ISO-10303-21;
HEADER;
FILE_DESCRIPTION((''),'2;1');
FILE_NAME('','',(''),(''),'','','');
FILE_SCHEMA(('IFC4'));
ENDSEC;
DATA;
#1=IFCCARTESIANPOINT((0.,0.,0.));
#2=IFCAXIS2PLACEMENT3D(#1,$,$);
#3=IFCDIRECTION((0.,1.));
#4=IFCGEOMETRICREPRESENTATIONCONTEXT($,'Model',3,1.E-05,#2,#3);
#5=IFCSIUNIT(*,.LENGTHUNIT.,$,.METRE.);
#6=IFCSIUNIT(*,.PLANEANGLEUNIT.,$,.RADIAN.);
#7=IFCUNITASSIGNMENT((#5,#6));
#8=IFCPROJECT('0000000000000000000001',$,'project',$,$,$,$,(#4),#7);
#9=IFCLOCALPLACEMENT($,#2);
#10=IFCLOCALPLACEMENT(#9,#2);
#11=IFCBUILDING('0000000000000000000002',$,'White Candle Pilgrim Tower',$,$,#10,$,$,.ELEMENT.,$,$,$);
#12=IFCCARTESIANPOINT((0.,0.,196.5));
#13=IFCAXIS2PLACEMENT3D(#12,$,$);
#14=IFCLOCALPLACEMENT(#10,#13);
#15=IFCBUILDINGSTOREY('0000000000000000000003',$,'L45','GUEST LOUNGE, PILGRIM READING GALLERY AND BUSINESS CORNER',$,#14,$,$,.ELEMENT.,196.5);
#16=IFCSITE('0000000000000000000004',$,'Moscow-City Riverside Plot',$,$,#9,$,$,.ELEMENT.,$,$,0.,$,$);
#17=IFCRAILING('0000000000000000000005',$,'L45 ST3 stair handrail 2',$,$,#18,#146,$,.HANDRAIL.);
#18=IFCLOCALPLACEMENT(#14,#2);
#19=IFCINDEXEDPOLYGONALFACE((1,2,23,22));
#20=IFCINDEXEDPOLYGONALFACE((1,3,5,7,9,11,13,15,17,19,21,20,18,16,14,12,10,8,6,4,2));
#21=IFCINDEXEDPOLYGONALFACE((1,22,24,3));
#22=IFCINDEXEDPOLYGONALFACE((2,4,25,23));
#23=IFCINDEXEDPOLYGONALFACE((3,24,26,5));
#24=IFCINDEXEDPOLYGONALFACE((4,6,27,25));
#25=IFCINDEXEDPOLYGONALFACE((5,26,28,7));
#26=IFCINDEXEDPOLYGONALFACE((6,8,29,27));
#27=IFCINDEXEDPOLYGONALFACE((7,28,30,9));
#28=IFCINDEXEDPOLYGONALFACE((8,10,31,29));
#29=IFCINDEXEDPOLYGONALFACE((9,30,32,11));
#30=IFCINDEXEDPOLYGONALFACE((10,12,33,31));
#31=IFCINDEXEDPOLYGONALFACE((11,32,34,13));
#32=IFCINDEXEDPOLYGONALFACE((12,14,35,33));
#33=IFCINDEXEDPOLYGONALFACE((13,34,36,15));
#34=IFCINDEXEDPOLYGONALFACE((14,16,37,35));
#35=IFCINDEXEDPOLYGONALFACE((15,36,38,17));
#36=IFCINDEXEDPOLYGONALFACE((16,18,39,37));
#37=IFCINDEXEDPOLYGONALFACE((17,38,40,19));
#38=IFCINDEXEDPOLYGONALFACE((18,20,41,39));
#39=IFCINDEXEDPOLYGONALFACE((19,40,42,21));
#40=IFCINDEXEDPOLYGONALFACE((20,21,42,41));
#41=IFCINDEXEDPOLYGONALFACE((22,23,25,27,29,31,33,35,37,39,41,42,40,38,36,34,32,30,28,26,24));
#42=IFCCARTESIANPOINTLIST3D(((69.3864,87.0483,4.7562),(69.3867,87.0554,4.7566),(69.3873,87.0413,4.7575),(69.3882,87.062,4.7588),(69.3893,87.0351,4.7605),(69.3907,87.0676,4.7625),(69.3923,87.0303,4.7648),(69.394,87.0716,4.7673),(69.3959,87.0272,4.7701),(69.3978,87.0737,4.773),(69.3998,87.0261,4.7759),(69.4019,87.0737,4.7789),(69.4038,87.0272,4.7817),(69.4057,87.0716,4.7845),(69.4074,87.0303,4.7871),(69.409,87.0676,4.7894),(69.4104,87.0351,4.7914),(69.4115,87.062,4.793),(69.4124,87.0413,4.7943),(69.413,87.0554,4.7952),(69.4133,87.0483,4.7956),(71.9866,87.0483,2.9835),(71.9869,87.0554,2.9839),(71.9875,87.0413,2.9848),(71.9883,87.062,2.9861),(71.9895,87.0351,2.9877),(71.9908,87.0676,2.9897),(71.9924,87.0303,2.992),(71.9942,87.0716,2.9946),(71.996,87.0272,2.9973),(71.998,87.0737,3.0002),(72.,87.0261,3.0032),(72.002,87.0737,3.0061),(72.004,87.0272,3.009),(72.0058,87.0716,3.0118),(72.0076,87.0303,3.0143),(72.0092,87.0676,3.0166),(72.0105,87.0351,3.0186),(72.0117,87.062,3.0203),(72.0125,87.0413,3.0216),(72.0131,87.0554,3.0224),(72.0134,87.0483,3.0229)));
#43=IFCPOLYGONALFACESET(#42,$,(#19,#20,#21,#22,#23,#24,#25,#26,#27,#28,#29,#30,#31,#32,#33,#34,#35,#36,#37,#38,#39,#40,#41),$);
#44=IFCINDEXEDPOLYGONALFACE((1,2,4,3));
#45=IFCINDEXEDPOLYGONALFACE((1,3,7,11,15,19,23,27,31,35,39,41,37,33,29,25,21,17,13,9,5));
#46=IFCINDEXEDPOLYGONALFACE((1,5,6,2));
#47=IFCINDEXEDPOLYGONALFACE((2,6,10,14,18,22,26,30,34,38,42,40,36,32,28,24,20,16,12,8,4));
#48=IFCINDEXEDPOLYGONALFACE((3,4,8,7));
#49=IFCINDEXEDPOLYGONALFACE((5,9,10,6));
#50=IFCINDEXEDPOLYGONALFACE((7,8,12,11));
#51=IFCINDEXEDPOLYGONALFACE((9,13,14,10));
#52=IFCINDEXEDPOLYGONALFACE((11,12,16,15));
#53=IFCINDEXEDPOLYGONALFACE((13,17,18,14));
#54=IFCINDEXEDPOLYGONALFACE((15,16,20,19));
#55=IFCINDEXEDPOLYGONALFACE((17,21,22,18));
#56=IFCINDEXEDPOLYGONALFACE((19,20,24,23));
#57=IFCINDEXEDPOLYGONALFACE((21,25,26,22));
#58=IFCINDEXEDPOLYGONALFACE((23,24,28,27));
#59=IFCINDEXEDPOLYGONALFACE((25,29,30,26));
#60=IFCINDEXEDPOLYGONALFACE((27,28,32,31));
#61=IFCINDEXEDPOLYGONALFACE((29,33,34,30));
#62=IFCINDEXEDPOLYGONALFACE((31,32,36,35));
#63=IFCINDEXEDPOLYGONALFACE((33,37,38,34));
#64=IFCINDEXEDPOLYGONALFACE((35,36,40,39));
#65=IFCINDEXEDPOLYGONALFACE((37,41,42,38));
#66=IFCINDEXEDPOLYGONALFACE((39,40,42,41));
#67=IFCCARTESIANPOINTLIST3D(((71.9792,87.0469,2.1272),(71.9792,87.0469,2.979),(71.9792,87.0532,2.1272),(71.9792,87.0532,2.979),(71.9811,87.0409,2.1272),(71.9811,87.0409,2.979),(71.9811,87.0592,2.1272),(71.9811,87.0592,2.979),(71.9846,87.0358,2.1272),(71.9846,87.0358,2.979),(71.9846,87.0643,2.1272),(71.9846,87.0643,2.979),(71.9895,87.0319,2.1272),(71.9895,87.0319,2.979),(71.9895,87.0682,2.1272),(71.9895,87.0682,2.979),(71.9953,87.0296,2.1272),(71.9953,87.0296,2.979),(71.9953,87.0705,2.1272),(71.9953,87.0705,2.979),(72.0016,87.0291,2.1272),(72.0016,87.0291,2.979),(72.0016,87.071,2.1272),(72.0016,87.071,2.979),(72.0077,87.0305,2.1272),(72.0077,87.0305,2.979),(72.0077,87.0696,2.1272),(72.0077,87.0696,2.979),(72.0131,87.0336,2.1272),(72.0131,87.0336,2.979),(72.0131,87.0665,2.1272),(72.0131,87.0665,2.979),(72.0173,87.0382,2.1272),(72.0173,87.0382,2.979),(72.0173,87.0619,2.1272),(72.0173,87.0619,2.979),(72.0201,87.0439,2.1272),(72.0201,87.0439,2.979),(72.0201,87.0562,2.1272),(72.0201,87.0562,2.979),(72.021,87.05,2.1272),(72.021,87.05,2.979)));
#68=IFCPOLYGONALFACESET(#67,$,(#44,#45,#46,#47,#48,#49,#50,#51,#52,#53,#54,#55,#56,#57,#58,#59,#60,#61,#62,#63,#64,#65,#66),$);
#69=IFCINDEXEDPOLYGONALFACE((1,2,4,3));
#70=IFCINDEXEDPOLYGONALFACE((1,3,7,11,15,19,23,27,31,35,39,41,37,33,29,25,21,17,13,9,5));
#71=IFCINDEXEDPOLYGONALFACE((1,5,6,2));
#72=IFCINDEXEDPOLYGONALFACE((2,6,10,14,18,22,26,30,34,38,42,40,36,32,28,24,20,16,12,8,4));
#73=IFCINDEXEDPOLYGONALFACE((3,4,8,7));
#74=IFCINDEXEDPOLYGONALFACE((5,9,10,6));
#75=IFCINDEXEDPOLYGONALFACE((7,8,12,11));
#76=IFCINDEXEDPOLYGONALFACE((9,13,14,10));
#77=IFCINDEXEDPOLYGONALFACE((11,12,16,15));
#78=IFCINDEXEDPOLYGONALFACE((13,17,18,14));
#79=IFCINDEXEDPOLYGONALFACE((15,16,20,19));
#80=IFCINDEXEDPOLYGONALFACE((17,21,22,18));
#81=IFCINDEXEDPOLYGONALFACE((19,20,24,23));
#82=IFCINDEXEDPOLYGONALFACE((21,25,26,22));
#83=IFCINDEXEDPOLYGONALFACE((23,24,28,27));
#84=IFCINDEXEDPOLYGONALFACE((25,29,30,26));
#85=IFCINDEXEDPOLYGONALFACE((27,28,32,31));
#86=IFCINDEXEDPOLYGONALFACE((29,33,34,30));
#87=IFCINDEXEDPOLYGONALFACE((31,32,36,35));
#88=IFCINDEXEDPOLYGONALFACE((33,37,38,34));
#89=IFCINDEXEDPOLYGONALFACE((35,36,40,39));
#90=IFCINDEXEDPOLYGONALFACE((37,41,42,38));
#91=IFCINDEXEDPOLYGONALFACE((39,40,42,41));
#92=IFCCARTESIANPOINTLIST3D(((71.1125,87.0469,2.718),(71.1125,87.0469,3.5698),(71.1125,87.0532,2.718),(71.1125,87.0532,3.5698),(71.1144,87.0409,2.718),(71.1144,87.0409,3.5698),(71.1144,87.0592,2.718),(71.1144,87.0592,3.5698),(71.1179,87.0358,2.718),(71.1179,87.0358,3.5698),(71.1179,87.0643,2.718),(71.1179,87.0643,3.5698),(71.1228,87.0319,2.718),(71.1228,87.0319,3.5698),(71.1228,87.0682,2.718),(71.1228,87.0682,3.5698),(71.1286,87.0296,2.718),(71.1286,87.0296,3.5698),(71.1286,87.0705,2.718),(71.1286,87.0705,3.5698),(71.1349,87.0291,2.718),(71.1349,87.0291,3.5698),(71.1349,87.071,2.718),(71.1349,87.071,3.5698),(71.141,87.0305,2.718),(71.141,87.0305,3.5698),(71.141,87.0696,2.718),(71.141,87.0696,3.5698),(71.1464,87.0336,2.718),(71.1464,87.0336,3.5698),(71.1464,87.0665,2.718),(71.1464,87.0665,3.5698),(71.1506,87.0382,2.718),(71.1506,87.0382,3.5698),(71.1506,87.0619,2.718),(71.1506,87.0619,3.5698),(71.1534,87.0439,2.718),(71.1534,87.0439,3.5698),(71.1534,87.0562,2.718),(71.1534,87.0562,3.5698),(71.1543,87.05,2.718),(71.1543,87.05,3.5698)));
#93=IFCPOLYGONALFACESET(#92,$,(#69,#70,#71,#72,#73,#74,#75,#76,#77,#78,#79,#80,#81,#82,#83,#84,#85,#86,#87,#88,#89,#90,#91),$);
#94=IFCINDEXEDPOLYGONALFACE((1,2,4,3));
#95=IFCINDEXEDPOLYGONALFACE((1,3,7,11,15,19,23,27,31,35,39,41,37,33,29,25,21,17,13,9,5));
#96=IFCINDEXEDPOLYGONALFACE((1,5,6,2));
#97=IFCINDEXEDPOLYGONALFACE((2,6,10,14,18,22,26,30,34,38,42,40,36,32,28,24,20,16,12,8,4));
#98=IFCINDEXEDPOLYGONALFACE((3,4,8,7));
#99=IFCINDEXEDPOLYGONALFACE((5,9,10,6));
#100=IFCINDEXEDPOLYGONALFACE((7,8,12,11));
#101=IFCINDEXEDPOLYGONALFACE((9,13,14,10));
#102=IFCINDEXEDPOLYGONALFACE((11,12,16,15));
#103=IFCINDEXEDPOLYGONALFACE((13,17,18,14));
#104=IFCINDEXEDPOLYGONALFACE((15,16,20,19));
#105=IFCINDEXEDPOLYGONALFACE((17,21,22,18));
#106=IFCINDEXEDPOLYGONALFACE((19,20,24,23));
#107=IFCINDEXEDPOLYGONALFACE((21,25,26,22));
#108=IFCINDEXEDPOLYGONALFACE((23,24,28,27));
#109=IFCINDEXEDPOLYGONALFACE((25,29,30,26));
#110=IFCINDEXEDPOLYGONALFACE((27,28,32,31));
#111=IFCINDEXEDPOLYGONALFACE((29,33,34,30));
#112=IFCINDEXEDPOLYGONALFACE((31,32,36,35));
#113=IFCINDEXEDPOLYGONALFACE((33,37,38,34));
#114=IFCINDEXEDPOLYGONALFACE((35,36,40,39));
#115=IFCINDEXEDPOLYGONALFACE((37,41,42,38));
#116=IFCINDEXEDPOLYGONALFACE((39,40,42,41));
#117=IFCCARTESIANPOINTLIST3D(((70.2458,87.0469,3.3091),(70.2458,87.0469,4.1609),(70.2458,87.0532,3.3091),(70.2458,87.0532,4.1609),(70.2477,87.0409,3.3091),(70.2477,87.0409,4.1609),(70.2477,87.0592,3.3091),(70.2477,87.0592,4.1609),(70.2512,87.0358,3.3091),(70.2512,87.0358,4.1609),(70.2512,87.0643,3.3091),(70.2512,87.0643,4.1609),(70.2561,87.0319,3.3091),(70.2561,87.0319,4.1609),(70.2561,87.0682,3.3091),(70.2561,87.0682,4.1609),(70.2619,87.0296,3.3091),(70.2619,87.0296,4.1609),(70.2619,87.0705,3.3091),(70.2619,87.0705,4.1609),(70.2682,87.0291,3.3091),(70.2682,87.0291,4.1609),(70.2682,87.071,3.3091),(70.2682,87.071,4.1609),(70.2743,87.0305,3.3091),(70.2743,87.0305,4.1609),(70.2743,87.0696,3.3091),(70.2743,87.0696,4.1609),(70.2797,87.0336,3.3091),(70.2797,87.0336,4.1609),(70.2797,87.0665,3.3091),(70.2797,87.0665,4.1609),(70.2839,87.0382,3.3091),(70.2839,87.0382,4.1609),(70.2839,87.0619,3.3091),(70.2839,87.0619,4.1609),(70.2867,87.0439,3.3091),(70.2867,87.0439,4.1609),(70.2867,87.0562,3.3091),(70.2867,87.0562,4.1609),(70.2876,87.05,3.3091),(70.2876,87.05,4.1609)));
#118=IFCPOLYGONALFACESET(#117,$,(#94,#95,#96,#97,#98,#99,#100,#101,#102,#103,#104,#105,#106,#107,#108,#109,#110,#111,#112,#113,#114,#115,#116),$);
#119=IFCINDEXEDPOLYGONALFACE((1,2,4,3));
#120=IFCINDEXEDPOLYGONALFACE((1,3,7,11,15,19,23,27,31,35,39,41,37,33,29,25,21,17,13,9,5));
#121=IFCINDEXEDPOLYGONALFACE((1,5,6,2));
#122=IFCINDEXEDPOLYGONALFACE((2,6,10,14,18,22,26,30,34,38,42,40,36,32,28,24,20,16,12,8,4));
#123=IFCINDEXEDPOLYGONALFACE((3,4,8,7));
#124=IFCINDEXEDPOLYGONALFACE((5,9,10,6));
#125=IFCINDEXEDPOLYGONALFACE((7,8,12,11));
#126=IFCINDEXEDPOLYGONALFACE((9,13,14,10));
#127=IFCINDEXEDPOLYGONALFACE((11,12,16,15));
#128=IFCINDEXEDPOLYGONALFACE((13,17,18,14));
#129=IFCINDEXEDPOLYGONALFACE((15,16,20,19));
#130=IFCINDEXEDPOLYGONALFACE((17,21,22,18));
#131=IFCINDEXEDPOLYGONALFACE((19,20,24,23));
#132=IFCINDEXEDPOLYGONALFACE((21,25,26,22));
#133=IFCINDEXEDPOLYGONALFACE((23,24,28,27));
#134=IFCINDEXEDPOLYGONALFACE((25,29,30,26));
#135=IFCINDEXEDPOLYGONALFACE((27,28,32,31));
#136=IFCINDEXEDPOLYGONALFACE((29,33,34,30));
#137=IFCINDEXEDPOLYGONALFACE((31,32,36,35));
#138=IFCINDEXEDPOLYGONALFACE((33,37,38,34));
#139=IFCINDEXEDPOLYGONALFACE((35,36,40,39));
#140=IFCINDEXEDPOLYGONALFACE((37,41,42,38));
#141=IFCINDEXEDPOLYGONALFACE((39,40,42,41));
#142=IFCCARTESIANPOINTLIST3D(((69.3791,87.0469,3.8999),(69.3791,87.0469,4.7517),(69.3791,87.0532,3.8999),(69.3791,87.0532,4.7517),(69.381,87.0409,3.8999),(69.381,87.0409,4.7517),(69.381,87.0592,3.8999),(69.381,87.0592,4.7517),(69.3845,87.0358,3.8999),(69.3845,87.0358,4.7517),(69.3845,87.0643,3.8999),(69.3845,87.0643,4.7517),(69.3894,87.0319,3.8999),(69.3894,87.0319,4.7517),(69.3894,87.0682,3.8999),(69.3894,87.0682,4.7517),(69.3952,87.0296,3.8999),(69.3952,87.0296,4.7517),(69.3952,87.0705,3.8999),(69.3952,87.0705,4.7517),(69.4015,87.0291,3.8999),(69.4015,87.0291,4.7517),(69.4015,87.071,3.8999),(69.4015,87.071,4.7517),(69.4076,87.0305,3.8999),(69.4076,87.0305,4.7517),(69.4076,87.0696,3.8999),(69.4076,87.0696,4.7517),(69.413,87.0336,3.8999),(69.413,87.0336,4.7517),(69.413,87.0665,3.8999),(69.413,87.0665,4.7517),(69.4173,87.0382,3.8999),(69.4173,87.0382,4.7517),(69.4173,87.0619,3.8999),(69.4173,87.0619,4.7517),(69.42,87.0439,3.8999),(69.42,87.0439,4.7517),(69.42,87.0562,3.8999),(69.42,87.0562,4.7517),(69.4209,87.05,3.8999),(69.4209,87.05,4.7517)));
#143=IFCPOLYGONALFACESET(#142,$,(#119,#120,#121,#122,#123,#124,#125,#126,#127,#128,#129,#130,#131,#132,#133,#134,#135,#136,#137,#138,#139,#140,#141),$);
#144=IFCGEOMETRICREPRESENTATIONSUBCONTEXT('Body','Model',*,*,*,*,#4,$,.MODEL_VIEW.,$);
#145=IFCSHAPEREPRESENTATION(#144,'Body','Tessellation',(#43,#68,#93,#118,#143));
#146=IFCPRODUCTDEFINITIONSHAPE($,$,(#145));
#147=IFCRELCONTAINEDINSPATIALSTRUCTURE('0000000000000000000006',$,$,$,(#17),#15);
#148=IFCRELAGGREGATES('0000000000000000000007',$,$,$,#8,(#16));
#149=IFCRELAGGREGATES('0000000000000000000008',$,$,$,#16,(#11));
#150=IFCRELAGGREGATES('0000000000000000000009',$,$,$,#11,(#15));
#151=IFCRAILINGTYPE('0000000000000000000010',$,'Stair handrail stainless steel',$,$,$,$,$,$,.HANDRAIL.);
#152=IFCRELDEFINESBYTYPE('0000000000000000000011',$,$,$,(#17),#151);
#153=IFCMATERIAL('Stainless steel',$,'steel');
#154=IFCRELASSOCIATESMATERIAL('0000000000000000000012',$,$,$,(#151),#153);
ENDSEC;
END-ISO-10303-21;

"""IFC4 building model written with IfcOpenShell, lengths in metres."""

from ifc_helpers import new_model, si_unit, direction, frame, origin, origin_2d, place, context, subcontext, project, spatial, circle, extrude, material, type_object, element, save


model = new_model("IFC4")

# Units and contexts
model_context = context("Model", 3, precision=1e-05, world=origin(), true_north=direction((0.0, 1.0)))
body_context = subcontext(model_context, "Body", "Model", "MODEL_VIEW")
ifc_project = project(units=[si_unit("LENGTHUNIT", "METRE"), si_unit("PLANEANGLEUNIT", "RADIAN")], contexts=[model_context])

# Site, building, storey
site_placement = place(None, origin())
site = spatial("IfcSite", under=ifc_project, at=site_placement, Name="Moscow-City Riverside Plot", CompositionType="ELEMENT", RefElevation=0.0)
building_placement = place(site_placement, origin())
building = spatial("IfcBuilding", under=site, at=building_placement, Name="White Candle Pilgrim Tower", CompositionType="ELEMENT")
storey_placement = place(building_placement, frame((0.0, 0.0, 196.5)))
storey = spatial("IfcBuildingStorey", under=building, at=storey_placement, Name="L45", Description="GUEST LOUNGE, PILGRIM READING GALLERY AND BUSINESS CORNER", CompositionType="ELEMENT", Elevation=196.5)

# Railing
ifc_material_1 = material(Name="Stainless steel", Category="steel")
railing_type_1 = type_object("IfcRailingType", Name="Stair handrail stainless steel", PredefinedType="HANDRAIL", material=ifc_material_1)
railing_1_placement = place(storey_placement, frame((72.0, 87.05, 2.1272)))
element("IfcRailing", 1, at=railing_1_placement, inside=storey, type_object=railing_type_1, Name="L45 ST3 stair handrail 2", PredefinedType="HANDRAIL", context=body_context, shape_type="SweptSolid", body=[
    extrude(circle(Radius=0.0239, at=origin_2d()), frame((0.0, 0.0, 0.876), z_axis=(-0.82624, 0.0, 0.563318), x_axis=(0.0, -1.0, 0.0)), (0.0, 0.0, 1.0), 3.147),
    extrude(circle(Radius=0.021, at=origin_2d()), origin(), (0.0, 0.0, 1.0), 0.8518),
    extrude(circle(Radius=0.021, at=origin_2d()), frame((-0.8667, 0.0, 0.5908)), (0.0, 0.0, 1.0), 0.8518),
    extrude(circle(Radius=0.021, at=origin_2d()), frame((-1.7334, 0.0, 1.1819)), (0.0, 0.0, 1.0), 0.8518),
    extrude(circle(Radius=0.021, at=origin_2d()), frame((-2.6001, 0.0, 1.7727)), (0.0, 0.0, 1.0), 0.8518),
])

save(model, "model.ifc")
